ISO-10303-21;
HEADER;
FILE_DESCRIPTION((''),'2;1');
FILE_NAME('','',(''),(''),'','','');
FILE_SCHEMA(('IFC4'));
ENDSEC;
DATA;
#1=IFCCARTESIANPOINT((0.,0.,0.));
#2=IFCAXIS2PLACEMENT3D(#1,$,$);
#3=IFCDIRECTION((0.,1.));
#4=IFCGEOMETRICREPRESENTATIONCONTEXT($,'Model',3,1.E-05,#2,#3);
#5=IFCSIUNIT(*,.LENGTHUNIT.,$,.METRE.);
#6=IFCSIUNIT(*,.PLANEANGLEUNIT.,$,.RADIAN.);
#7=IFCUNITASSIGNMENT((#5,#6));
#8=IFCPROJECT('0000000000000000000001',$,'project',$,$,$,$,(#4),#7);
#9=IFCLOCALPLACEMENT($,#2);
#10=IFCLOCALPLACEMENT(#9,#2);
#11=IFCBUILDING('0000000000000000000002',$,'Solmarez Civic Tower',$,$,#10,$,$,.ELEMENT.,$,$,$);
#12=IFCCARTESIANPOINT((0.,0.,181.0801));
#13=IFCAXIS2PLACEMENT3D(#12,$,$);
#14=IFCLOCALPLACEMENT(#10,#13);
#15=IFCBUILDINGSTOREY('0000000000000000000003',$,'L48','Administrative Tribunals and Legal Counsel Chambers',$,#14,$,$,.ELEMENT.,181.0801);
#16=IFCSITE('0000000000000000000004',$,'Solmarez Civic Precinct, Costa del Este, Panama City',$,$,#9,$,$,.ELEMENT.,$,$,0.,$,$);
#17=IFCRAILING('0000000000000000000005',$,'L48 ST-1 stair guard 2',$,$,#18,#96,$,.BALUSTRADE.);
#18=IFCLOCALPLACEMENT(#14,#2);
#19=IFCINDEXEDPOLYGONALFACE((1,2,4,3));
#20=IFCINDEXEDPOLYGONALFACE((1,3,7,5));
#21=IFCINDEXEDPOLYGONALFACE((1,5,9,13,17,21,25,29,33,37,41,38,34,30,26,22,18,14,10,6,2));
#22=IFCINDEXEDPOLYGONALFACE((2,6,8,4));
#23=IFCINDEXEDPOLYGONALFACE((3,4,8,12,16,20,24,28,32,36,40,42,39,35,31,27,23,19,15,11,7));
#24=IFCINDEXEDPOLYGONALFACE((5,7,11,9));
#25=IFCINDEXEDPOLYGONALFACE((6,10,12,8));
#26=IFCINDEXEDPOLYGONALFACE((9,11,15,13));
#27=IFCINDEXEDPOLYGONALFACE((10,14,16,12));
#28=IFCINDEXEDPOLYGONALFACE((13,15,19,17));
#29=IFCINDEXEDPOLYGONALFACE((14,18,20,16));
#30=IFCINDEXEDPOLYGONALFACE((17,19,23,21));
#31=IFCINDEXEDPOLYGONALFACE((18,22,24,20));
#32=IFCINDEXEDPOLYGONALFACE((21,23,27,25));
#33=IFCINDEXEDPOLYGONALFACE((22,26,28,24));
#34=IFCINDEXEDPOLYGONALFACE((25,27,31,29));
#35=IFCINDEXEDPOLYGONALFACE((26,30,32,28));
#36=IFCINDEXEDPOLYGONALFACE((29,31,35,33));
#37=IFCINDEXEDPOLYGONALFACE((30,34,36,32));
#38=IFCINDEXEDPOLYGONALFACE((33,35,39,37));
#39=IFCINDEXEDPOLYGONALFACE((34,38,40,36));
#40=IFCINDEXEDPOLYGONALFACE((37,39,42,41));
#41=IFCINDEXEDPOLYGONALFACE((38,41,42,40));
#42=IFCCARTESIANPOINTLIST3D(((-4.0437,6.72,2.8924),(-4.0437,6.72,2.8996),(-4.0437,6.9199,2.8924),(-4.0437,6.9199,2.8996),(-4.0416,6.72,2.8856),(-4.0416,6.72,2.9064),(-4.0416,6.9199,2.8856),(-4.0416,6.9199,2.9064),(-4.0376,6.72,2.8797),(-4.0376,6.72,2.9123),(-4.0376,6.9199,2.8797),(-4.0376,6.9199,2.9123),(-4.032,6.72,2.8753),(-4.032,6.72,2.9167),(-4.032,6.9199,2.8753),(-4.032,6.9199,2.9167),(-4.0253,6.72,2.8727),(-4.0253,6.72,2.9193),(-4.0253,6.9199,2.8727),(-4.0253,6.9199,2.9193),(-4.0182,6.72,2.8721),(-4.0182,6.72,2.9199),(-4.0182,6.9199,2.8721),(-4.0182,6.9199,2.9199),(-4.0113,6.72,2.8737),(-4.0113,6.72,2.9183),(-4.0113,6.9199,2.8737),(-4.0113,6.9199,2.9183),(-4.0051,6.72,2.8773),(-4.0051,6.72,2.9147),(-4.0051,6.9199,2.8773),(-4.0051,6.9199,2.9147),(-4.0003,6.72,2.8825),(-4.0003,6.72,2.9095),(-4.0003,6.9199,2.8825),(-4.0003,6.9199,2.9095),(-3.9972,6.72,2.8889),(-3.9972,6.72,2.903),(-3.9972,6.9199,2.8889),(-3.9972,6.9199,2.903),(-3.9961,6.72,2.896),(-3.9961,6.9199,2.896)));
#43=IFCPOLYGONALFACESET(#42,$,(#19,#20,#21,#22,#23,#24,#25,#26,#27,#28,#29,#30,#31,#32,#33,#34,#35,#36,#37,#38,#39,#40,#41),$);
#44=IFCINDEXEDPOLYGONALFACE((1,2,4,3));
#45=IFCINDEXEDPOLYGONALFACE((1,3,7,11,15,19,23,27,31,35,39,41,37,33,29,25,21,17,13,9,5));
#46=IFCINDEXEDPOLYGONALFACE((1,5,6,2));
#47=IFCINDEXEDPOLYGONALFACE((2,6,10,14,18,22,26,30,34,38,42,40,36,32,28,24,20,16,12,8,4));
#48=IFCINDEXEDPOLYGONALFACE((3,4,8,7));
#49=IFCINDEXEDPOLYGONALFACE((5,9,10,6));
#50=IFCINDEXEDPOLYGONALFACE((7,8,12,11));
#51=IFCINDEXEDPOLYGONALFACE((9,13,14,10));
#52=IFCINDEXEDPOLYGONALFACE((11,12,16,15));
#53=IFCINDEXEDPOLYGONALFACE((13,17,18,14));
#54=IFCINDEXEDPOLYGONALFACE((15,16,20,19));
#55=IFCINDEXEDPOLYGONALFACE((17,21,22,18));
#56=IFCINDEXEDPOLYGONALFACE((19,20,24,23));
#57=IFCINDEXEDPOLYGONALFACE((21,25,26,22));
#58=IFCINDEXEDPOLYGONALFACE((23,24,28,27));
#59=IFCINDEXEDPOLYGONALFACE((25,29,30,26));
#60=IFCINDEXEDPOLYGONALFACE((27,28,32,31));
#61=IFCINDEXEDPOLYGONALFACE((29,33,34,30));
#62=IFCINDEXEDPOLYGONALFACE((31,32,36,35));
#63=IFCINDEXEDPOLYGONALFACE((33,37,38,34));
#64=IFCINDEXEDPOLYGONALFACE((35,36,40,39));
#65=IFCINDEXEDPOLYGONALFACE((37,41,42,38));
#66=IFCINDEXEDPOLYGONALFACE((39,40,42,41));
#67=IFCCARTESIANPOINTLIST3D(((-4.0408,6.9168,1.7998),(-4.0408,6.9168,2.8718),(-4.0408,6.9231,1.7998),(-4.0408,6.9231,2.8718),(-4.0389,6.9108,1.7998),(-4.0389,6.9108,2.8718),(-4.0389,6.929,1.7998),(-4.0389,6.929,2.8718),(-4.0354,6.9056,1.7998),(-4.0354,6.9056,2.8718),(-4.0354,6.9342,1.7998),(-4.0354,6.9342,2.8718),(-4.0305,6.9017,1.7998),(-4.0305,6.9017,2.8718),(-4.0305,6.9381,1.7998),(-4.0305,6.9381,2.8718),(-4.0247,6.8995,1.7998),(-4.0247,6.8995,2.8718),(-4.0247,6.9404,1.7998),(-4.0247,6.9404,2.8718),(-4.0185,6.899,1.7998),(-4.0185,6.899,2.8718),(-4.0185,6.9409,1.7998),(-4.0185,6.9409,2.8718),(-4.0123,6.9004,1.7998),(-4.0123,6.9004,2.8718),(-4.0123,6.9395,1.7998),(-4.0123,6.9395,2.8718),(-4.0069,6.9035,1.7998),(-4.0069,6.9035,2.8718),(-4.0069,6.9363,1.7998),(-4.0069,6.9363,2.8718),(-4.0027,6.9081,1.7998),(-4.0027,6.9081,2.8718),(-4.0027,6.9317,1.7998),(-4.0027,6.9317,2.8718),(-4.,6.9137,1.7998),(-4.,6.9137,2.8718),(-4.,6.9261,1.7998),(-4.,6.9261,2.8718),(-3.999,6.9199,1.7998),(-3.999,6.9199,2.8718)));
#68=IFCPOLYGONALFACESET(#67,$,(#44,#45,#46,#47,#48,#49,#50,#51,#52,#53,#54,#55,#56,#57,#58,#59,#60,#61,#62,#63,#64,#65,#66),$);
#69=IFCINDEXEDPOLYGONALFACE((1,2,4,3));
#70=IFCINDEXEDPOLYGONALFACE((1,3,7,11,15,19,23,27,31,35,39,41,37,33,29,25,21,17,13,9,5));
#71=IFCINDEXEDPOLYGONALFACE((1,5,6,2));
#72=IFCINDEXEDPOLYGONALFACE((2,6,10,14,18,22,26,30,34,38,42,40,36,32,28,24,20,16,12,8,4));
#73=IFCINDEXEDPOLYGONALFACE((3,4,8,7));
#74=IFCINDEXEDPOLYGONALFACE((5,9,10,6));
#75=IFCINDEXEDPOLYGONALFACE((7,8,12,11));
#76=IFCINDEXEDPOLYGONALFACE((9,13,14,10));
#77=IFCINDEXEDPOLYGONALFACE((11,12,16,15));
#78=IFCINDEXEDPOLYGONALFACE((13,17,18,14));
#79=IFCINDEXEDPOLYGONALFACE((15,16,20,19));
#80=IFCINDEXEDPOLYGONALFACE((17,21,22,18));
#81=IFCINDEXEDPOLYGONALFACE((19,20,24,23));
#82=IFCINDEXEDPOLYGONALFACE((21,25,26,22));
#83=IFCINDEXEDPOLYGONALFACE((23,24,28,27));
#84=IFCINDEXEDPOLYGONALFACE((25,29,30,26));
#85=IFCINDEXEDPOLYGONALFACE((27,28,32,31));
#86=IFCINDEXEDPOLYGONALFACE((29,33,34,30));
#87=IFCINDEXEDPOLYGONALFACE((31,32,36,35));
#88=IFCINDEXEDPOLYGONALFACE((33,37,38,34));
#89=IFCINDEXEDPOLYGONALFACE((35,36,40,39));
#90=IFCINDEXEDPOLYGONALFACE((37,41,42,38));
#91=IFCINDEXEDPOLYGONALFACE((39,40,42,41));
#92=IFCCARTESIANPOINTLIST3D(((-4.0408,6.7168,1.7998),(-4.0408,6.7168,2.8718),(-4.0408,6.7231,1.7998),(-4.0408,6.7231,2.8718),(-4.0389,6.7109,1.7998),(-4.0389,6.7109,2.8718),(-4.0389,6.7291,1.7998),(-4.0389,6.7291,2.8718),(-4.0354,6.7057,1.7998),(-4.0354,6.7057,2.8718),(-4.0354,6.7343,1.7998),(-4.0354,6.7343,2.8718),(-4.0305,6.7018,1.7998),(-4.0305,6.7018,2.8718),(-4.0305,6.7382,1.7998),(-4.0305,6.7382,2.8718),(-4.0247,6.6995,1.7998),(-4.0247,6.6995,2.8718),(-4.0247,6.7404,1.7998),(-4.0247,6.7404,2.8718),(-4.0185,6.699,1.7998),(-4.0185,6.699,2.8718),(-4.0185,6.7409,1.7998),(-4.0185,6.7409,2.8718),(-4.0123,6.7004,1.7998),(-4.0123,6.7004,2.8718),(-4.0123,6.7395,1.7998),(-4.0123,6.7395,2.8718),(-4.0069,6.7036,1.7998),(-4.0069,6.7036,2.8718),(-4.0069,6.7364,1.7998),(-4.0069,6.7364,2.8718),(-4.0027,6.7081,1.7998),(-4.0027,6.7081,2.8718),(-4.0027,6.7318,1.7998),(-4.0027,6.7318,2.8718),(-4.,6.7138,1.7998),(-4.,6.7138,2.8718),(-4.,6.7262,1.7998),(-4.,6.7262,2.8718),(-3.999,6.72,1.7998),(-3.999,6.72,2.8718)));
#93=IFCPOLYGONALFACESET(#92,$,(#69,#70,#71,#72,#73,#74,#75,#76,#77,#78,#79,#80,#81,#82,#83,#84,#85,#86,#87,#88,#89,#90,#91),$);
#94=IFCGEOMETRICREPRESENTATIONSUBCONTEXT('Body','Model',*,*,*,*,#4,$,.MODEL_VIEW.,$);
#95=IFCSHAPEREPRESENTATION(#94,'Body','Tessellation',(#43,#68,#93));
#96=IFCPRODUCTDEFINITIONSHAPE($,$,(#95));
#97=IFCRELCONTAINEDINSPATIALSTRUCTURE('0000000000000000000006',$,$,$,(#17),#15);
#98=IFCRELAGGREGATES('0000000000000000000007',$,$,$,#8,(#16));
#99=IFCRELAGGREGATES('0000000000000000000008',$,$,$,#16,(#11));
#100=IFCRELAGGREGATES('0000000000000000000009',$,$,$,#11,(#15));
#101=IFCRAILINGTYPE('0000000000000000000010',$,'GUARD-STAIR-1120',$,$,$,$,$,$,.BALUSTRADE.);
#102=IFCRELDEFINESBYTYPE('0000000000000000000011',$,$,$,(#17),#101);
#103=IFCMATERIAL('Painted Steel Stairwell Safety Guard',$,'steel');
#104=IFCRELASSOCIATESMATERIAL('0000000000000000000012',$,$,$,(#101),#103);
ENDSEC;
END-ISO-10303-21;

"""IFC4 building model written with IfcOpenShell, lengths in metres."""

from ifc_helpers import new_model, si_unit, direction, frame, origin, origin_2d, place, context, subcontext, project, spatial, circle, extrude, material, type_object, element, save


model = new_model("IFC4")

# Units and contexts
model_context = context("Model", 3, precision=1e-05, world=origin(), true_north=direction((0.0, 1.0)))
body_context = subcontext(model_context, "Body", "Model", "MODEL_VIEW")
ifc_project = project(units=[si_unit("LENGTHUNIT", "METRE"), si_unit("PLANEANGLEUNIT", "RADIAN")], contexts=[model_context])

# Site, building, storey
site_placement = place(None, origin())
site = spatial("IfcSite", under=ifc_project, at=site_placement, Name="Solmarez Civic Precinct, Costa del Este, Panama City", CompositionType="ELEMENT", RefElevation=0.0)
building_placement = place(site_placement, origin())
building = spatial("IfcBuilding", under=site, at=building_placement, Name="Solmarez Civic Tower", CompositionType="ELEMENT")
storey_placement = place(building_placement, frame((0.0, 0.0, 181.0801)))
storey = spatial("IfcBuildingStorey", under=building, at=storey_placement, Name="L48", Description="Administrative Tribunals and Legal Counsel Chambers", CompositionType="ELEMENT", Elevation=181.0801)

# Railing
ifc_material_1 = material(Name="Painted Steel Stairwell Safety Guard", Category="steel")
railing_type_1 = type_object("IfcRailingType", Name="GUARD-STAIR-1120", PredefinedType="BALUSTRADE", material=ifc_material_1)
railing_1_placement = place(storey_placement, frame((-4.02, 6.9199, 1.7998)))
element("IfcRailing", 1, at=railing_1_placement, inside=storey, type_object=railing_type_1, Name="L48 ST-1 stair guard 2", PredefinedType="BALUSTRADE", context=body_context, shape_type="SweptSolid", body=[
    extrude(circle(Radius=0.0239, at=origin_2d()), frame((0.0, 0.0, 1.0962), z_axis=(0.0, -1.0, 0.0), x_axis=(1.0, 0.0, 0.0)), (0.0, 0.0, 1.0), 0.2),
    extrude(circle(Radius=0.021, at=origin_2d()), origin(), (0.0, 0.0, 1.0), 1.072),
    extrude(circle(Radius=0.021, at=origin_2d()), frame((0.0, -0.2, 0.0)), (0.0, 0.0, 1.0), 1.072),
])

save(model, "model.ifc")
